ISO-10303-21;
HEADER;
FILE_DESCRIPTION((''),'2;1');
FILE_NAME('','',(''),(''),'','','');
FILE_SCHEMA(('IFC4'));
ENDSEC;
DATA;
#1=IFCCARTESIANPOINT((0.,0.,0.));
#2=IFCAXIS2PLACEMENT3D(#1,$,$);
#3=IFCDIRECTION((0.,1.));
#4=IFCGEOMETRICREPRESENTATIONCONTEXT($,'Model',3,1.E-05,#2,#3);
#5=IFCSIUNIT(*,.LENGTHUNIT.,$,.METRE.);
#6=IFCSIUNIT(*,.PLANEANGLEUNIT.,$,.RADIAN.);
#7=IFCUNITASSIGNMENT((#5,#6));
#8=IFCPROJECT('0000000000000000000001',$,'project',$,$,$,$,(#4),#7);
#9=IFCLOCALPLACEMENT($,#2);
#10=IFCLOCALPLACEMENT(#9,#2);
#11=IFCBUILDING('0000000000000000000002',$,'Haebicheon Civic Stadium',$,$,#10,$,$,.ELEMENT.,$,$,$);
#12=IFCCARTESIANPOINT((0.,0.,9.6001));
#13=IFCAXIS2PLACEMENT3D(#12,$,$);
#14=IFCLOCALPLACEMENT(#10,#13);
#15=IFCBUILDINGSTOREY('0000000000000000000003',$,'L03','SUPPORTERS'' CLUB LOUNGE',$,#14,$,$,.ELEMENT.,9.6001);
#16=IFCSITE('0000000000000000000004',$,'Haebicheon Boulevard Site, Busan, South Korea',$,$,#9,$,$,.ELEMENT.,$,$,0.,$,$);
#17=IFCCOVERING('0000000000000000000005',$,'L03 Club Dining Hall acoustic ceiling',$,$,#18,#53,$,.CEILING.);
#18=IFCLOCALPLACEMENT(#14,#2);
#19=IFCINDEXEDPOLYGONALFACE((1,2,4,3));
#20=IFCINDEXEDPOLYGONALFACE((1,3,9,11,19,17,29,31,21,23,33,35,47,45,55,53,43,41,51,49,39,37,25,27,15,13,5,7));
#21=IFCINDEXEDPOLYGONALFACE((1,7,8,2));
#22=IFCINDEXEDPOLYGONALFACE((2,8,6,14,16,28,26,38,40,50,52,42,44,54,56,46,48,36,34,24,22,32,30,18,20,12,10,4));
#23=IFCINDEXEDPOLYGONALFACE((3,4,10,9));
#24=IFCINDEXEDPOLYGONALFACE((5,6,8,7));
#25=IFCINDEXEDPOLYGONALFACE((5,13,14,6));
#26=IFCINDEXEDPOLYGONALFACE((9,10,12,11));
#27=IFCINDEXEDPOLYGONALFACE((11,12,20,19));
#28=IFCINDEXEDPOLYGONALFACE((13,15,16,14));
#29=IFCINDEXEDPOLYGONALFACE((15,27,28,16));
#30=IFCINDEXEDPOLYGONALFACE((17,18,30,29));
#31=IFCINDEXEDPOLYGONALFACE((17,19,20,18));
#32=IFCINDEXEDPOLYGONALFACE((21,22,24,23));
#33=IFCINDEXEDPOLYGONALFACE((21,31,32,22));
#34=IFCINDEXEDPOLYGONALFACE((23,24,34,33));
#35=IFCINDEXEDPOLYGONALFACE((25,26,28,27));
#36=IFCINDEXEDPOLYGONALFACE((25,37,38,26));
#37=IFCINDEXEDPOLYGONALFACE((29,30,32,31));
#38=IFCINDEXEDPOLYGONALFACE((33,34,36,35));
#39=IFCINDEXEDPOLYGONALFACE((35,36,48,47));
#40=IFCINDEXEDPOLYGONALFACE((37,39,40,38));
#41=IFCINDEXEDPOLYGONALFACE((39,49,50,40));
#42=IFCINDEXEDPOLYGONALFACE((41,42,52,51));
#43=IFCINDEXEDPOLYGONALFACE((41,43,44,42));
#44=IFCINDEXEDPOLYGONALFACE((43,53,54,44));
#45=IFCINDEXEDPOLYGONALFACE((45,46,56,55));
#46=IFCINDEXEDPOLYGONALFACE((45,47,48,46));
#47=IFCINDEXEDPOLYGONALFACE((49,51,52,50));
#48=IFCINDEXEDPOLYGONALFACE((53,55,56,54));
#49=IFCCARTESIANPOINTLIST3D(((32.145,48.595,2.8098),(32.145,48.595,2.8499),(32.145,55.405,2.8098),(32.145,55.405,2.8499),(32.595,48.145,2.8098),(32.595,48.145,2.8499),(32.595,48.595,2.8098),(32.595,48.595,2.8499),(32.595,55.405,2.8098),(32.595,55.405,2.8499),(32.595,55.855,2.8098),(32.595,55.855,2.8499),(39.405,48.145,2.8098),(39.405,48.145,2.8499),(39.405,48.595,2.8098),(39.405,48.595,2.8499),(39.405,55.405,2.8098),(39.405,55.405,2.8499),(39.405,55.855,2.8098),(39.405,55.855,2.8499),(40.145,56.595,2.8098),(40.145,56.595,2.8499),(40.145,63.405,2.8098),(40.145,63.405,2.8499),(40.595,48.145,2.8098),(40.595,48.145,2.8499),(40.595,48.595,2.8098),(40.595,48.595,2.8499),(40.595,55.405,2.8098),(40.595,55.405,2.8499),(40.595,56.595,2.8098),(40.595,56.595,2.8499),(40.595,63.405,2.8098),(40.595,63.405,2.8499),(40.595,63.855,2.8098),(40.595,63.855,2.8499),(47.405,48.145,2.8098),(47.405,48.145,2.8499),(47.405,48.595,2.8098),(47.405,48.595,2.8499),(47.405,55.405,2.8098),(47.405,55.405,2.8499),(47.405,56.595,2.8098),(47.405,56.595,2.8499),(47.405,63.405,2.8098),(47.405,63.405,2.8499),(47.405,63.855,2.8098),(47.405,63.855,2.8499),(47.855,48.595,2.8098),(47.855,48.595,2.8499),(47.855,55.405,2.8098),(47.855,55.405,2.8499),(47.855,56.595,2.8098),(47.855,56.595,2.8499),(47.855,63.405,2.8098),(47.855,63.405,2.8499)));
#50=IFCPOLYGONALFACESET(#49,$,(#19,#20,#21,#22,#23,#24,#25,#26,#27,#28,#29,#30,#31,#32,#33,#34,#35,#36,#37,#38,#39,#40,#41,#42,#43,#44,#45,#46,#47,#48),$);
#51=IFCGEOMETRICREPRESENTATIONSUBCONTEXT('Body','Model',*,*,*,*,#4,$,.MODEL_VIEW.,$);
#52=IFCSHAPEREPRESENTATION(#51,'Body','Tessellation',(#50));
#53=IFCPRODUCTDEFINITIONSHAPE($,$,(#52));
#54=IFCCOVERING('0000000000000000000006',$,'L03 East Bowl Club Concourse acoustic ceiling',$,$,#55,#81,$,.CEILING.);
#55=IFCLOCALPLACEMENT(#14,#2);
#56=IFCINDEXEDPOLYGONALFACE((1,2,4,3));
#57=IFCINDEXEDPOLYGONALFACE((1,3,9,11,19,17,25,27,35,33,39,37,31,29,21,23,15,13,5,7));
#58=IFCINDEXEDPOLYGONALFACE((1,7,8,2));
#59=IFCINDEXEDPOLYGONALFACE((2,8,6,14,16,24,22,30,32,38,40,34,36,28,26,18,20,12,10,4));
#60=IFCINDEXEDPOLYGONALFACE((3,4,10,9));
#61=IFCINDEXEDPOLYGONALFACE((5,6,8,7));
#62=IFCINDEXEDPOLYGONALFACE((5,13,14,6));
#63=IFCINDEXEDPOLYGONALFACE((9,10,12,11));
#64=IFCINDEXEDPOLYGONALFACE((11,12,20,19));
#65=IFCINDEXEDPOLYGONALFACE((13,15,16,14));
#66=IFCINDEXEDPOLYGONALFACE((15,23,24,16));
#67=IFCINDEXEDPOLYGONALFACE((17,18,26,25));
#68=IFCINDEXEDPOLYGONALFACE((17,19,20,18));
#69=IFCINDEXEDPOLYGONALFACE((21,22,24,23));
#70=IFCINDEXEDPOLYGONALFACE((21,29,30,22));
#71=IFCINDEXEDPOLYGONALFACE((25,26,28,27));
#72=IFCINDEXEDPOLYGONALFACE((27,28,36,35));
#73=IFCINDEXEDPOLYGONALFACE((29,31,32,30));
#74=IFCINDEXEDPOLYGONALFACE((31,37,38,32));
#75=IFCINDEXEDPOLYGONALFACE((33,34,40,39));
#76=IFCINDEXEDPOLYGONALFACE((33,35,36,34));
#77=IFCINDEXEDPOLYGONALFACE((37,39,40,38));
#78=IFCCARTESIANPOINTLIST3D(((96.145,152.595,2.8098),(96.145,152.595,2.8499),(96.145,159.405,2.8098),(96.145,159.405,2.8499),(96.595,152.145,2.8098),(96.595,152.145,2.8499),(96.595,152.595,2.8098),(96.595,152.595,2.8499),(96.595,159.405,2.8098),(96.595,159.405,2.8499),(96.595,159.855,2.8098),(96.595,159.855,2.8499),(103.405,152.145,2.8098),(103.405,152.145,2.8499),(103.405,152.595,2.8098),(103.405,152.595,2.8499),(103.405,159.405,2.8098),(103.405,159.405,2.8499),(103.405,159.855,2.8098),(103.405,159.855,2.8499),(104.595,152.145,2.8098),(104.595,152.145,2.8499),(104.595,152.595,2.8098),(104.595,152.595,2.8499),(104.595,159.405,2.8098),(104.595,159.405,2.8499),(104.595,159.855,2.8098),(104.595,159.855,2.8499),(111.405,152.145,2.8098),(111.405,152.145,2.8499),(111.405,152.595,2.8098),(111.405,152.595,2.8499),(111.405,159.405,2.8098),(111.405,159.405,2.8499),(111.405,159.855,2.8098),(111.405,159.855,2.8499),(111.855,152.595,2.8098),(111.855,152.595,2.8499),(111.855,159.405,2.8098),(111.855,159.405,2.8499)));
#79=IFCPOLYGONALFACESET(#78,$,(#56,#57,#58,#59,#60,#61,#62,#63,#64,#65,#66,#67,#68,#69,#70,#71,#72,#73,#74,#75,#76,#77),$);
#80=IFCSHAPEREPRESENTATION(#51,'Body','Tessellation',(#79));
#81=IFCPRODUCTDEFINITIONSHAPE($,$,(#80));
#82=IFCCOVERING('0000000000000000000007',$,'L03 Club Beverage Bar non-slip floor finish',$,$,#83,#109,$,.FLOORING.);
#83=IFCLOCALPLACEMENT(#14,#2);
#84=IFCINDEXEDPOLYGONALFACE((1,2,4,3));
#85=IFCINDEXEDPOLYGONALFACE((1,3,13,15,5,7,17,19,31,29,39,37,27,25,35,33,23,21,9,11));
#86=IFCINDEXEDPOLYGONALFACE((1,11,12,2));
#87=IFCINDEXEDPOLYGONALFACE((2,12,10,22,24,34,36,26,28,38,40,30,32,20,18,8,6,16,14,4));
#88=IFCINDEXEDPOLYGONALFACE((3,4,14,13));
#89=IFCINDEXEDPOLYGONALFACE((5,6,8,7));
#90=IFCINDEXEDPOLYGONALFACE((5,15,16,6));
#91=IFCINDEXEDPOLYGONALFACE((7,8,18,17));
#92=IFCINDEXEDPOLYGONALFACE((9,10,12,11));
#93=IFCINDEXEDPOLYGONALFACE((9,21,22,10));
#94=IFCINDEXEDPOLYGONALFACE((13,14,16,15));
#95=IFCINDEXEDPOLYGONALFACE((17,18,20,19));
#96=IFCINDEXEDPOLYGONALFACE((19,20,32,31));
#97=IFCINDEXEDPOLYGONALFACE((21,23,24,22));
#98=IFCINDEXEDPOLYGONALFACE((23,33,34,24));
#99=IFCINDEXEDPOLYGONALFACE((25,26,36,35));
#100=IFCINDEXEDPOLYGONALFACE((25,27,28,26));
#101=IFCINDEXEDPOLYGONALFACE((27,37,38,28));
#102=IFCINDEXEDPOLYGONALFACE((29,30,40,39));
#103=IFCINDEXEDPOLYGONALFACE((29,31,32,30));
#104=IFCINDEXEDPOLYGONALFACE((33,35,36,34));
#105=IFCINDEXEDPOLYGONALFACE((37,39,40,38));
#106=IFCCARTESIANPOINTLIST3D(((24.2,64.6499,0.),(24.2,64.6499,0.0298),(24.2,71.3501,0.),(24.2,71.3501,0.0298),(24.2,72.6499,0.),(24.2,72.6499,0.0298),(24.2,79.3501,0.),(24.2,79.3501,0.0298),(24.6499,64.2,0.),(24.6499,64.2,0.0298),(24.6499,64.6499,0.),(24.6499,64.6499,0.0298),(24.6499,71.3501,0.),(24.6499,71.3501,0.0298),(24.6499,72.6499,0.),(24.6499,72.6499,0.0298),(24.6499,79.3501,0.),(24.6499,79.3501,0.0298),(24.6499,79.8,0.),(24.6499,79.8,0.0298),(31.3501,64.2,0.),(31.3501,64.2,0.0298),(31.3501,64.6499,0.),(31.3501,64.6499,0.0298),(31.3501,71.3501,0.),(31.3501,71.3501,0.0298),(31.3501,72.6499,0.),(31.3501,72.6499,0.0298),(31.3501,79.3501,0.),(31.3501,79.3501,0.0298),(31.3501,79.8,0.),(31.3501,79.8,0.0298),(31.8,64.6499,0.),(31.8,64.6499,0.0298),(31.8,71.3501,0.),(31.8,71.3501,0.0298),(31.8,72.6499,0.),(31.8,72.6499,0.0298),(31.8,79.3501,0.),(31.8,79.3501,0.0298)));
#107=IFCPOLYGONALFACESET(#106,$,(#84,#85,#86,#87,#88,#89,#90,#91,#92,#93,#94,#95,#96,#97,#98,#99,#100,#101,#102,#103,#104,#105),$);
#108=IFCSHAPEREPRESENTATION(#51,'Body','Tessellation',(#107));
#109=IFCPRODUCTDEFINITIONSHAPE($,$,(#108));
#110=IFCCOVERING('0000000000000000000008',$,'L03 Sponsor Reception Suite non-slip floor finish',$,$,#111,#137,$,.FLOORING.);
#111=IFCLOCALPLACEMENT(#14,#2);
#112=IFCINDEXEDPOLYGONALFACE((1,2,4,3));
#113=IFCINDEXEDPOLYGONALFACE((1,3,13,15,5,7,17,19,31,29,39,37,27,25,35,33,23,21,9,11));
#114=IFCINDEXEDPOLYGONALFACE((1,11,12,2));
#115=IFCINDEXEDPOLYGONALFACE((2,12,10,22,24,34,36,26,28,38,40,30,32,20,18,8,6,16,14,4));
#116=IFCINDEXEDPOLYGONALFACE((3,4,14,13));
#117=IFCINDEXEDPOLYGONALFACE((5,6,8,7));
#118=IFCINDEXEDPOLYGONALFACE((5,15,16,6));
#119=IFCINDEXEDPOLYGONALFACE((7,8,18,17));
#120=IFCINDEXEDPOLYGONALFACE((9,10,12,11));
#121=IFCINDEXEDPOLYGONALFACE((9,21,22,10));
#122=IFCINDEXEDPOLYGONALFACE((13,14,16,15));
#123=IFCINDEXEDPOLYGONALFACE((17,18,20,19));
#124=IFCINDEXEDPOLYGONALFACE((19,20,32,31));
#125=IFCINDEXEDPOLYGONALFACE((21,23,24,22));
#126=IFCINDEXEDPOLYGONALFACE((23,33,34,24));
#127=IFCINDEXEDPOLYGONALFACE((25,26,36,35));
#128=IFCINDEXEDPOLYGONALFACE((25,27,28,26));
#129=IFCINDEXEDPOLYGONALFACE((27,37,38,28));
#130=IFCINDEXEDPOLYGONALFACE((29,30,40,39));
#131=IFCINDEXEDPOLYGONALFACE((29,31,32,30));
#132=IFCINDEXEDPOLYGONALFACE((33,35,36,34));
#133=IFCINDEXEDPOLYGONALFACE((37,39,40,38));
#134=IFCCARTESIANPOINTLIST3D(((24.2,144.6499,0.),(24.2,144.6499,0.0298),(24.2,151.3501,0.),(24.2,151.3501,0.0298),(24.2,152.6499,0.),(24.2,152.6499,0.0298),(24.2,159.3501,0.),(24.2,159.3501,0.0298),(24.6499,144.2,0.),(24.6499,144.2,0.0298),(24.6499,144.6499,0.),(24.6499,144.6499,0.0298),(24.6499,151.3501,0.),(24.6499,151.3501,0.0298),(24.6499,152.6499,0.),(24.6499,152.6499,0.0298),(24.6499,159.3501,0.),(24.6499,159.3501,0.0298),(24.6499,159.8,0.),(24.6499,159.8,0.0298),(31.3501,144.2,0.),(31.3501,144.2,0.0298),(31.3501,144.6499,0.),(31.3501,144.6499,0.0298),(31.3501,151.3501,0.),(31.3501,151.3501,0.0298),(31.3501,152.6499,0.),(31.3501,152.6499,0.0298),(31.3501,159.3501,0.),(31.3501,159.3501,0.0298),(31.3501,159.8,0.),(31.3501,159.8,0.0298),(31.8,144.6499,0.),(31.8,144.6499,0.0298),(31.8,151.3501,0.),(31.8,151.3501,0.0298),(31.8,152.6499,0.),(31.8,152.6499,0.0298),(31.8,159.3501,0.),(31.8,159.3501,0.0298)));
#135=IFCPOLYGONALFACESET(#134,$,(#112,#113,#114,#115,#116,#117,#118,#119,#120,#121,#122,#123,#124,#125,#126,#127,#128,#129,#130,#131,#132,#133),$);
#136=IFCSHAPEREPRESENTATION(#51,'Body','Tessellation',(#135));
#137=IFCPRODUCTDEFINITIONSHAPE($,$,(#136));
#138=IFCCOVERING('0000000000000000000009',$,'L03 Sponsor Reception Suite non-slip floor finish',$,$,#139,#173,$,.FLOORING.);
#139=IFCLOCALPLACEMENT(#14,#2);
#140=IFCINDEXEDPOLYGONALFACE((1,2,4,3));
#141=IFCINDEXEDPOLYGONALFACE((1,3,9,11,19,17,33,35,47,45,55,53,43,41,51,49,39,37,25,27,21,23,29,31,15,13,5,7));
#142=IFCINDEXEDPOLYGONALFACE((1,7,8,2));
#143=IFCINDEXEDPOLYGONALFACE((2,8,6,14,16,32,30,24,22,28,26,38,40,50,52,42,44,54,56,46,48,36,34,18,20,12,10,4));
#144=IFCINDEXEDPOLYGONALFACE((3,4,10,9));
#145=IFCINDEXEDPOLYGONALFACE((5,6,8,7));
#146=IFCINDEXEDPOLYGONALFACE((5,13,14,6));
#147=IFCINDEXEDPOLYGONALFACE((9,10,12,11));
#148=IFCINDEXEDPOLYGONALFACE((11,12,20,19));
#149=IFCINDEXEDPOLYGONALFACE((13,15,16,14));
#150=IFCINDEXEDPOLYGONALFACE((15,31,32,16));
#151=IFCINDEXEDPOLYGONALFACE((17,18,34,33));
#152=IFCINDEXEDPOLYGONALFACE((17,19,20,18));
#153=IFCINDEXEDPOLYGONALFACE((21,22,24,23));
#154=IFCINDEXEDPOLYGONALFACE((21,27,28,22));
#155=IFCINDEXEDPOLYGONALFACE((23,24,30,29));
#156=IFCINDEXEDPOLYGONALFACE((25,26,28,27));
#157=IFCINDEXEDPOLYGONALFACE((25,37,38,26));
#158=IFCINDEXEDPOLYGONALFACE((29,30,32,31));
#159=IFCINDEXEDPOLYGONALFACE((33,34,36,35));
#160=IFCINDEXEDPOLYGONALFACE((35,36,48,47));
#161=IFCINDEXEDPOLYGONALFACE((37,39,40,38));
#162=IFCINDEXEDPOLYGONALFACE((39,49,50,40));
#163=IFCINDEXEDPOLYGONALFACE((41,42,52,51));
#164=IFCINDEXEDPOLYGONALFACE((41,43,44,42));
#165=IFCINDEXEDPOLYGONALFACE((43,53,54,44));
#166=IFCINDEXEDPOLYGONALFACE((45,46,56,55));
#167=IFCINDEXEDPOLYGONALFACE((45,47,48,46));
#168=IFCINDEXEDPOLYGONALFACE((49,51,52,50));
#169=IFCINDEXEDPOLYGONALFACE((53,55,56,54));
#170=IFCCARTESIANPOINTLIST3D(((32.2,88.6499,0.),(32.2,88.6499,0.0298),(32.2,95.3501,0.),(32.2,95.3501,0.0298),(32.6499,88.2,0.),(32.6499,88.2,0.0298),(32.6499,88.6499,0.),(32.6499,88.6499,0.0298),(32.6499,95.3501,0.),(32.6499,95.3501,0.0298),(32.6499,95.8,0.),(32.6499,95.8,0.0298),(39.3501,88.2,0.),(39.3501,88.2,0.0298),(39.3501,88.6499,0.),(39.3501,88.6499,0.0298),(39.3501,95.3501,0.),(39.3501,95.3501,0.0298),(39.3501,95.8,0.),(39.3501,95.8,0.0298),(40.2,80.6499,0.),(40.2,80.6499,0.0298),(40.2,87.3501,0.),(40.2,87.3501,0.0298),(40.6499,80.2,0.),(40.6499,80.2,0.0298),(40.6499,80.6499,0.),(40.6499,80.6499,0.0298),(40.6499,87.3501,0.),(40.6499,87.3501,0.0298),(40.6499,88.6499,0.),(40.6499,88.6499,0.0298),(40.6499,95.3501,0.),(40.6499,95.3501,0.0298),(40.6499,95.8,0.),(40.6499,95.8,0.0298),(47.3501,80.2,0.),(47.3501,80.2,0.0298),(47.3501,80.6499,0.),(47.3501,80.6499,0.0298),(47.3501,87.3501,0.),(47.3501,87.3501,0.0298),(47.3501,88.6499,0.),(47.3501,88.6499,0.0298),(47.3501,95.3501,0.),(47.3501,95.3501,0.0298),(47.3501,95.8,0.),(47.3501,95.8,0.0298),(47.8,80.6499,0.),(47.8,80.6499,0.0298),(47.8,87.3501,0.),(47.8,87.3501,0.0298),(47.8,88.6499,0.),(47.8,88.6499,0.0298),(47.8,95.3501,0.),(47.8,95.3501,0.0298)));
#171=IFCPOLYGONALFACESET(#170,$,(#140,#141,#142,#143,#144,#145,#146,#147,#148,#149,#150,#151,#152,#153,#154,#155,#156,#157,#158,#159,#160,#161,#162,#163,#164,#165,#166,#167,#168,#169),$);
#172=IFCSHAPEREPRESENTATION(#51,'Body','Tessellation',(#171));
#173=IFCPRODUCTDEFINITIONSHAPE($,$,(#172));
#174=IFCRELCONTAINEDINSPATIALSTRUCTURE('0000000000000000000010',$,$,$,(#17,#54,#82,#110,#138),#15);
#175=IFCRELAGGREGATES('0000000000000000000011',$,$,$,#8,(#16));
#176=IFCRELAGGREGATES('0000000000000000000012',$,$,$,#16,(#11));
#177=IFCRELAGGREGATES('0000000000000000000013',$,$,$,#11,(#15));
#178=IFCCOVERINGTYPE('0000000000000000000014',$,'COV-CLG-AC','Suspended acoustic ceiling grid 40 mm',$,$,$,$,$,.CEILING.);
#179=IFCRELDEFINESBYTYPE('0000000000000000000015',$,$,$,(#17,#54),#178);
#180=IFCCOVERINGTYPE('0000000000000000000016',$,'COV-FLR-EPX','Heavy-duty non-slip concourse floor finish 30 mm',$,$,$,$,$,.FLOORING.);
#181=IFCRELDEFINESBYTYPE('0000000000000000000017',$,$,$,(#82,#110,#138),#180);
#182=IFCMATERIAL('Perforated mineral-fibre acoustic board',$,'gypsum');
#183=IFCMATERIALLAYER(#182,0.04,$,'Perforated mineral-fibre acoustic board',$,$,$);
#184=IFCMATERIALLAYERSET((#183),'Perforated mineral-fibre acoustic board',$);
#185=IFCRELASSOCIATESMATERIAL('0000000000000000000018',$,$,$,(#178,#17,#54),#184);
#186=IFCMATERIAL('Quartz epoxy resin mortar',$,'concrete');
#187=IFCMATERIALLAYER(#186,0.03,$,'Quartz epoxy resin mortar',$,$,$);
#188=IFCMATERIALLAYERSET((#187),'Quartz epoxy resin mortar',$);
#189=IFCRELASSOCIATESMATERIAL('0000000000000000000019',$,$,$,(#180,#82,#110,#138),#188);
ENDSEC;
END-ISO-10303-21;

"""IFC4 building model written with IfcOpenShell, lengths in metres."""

from ifc_helpers import new_model, si_unit, direction, frame, origin, place, context, subcontext, project, spatial, polyline, outline, extrude, material, layer, layer_set, type_object, element, save


model = new_model("IFC4")

# Units and contexts
model_context = context("Model", 3, precision=1e-05, world=origin(), true_north=direction((0.0, 1.0)))
body_context = subcontext(model_context, "Body", "Model", "MODEL_VIEW")
ifc_project = project(units=[si_unit("LENGTHUNIT", "METRE"), si_unit("PLANEANGLEUNIT", "RADIAN")], contexts=[model_context])

# Site, building, storey
site_placement = place(None, origin())
site = spatial("IfcSite", under=ifc_project, at=site_placement, Name="Haebicheon Boulevard Site, Busan, South Korea", CompositionType="ELEMENT", RefElevation=0.0)
building_placement = place(site_placement, origin())
building = spatial("IfcBuilding", under=site, at=building_placement, Name="Haebicheon Civic Stadium", CompositionType="ELEMENT")
storey_placement = place(building_placement, frame((0.0, 0.0, 9.6001)))
storey = spatial("IfcBuildingStorey", under=building, at=storey_placement, Name="L03", Description="SUPPORTERS' CLUB LOUNGE", CompositionType="ELEMENT", Elevation=9.6001)

# Coverings
ifc_material_1 = material(Name="Perforated mineral-fibre acoustic board", Category="gypsum")
ifc_layer_1 = layer(ifc_material_1, 0.04, Name="Perforated mineral-fibre acoustic board")
ifc_layer_set_1 = layer_set([ifc_layer_1], Name="Perforated mineral-fibre acoustic board")
covering_type_1 = type_object("IfcCoveringType", Name="COV-CLG-AC", Description="Suspended acoustic ceiling grid 40 mm", PredefinedType="CEILING", material=ifc_layer_set_1)
covering_1_placement = place(storey_placement, frame((0.0, 0.0, 2.8098)))
element("IfcCovering", 1, at=covering_1_placement, inside=storey, type_object=covering_type_1, material=ifc_layer_set_1, Name="L03 Club Dining Hall acoustic ceiling", PredefinedType="CEILING", context=body_context, shape_type="SweptSolid", body=[
    extrude(outline(polyline([(32.145, 55.405), (32.595, 55.405), (32.595, 55.855), (39.405, 55.855), (39.405, 55.405), (40.595, 55.405), (40.595, 56.595), (40.145, 56.595), (40.145, 63.405), (40.595, 63.405), (40.595, 63.855), (47.405, 63.855), (47.405, 63.405), (47.855, 63.405), (47.855, 56.595), (47.405, 56.595), (47.405, 55.405), (47.855, 55.405), (47.855, 48.595), (47.405, 48.595), (47.405, 48.145), (40.595, 48.145), (40.595, 48.595), (39.405, 48.595), (39.405, 48.145), (32.595, 48.145), (32.595, 48.595), (32.145, 48.595), (32.145, 55.405)])), origin(), (0.0, 0.0, 1.0), 0.04),
])
covering_2_placement = place(storey_placement, frame((0.0, 0.0, 2.8098)))
element("IfcCovering", 2, at=covering_2_placement, inside=storey, type_object=covering_type_1, material=ifc_layer_set_1, Name="L03 East Bowl Club Concourse acoustic ceiling", PredefinedType="CEILING", context=body_context, shape_type="SweptSolid", body=[
    extrude(outline(polyline([(96.145, 159.405), (96.595, 159.405), (96.595, 159.855), (103.405, 159.855), (103.405, 159.405), (104.595, 159.405), (104.595, 159.855), (111.405, 159.855), (111.405, 159.405), (111.855, 159.405), (111.855, 152.595), (111.405, 152.595), (111.405, 152.145), (104.595, 152.145), (104.595, 152.595), (103.405, 152.595), (103.405, 152.145), (96.595, 152.145), (96.595, 152.595), (96.145, 152.595), (96.145, 159.405)])), origin(), (0.0, 0.0, 1.0), 0.04),
])
ifc_material_2 = material(Name="Quartz epoxy resin mortar", Category="concrete")
ifc_layer_2 = layer(ifc_material_2, 0.03, Name="Quartz epoxy resin mortar")
ifc_layer_set_2 = layer_set([ifc_layer_2], Name="Quartz epoxy resin mortar")
covering_type_2 = type_object("IfcCoveringType", Name="COV-FLR-EPX", Description="Heavy-duty non-slip concourse floor finish 30 mm", PredefinedType="FLOORING", material=ifc_layer_set_2)
covering_3_placement = place(storey_placement, origin())
element("IfcCovering", 3, at=covering_3_placement, inside=storey, type_object=covering_type_2, material=ifc_layer_set_2, Name="L03 Club Beverage Bar non-slip floor finish", PredefinedType="FLOORING", context=body_context, shape_type="SweptSolid", body=[
    extrude(outline(polyline([(24.6499, 64.2), (24.6499, 64.6499), (24.2, 64.6499), (24.2, 71.3501), (24.6499, 71.3501), (24.6499, 72.6499), (24.2, 72.6499), (24.2, 79.3501), (24.6499, 79.3501), (24.6499, 79.8), (31.3501, 79.8), (31.3501, 79.3501), (31.8, 79.3501), (31.8, 72.6499), (31.3501, 72.6499), (31.3501, 71.3501), (31.8, 71.3501), (31.8, 64.6499), (31.3501, 64.6499), (31.3501, 64.2), (24.6499, 64.2)])), origin(), (0.0, 0.0, 1.0), 0.0298),
])
covering_4_placement = place(storey_placement, origin())
element("IfcCovering", 4, at=covering_4_placement, inside=storey, type_object=covering_type_2, material=ifc_layer_set_2, Name="L03 Sponsor Reception Suite non-slip floor finish", PredefinedType="FLOORING", context=body_context, shape_type="SweptSolid", body=[
    extrude(outline(polyline([(24.6499, 144.2), (24.6499, 144.6499), (24.2, 144.6499), (24.2, 151.3501), (24.6499, 151.3501), (24.6499, 152.6499), (24.2, 152.6499), (24.2, 159.3501), (24.6499, 159.3501), (24.6499, 159.8), (31.3501, 159.8), (31.3501, 159.3501), (31.8, 159.3501), (31.8, 152.6499), (31.3501, 152.6499), (31.3501, 151.3501), (31.8, 151.3501), (31.8, 144.6499), (31.3501, 144.6499), (31.3501, 144.2), (24.6499, 144.2)])), origin(), (0.0, 0.0, 1.0), 0.0298),
])
covering_5_placement = place(storey_placement, origin())
element("IfcCovering", 5, at=covering_5_placement, inside=storey, type_object=covering_type_2, material=ifc_layer_set_2, Name="L03 Sponsor Reception Suite non-slip floor finish", PredefinedType="FLOORING", context=body_context, shape_type="SweptSolid", body=[
    extrude(outline(polyline([(40.6499, 80.2), (40.6499, 80.6499), (40.2, 80.6499), (40.2, 87.3501), (40.6499, 87.3501), (40.6499, 88.6499), (39.3501, 88.6499), (39.3501, 88.2), (32.6499, 88.2), (32.6499, 88.6499), (32.2, 88.6499), (32.2, 95.3501), (32.6499, 95.3501), (32.6499, 95.8), (39.3501, 95.8), (39.3501, 95.3501), (40.6499, 95.3501), (40.6499, 95.8), (47.3501, 95.8), (47.3501, 95.3501), (47.8, 95.3501), (47.8, 88.6499), (47.3501, 88.6499), (47.3501, 87.3501), (47.8, 87.3501), (47.8, 80.6499), (47.3501, 80.6499), (47.3501, 80.2), (40.6499, 80.2)])), origin(), (0.0, 0.0, 1.0), 0.0298),
])

save(model, "model.ifc")
